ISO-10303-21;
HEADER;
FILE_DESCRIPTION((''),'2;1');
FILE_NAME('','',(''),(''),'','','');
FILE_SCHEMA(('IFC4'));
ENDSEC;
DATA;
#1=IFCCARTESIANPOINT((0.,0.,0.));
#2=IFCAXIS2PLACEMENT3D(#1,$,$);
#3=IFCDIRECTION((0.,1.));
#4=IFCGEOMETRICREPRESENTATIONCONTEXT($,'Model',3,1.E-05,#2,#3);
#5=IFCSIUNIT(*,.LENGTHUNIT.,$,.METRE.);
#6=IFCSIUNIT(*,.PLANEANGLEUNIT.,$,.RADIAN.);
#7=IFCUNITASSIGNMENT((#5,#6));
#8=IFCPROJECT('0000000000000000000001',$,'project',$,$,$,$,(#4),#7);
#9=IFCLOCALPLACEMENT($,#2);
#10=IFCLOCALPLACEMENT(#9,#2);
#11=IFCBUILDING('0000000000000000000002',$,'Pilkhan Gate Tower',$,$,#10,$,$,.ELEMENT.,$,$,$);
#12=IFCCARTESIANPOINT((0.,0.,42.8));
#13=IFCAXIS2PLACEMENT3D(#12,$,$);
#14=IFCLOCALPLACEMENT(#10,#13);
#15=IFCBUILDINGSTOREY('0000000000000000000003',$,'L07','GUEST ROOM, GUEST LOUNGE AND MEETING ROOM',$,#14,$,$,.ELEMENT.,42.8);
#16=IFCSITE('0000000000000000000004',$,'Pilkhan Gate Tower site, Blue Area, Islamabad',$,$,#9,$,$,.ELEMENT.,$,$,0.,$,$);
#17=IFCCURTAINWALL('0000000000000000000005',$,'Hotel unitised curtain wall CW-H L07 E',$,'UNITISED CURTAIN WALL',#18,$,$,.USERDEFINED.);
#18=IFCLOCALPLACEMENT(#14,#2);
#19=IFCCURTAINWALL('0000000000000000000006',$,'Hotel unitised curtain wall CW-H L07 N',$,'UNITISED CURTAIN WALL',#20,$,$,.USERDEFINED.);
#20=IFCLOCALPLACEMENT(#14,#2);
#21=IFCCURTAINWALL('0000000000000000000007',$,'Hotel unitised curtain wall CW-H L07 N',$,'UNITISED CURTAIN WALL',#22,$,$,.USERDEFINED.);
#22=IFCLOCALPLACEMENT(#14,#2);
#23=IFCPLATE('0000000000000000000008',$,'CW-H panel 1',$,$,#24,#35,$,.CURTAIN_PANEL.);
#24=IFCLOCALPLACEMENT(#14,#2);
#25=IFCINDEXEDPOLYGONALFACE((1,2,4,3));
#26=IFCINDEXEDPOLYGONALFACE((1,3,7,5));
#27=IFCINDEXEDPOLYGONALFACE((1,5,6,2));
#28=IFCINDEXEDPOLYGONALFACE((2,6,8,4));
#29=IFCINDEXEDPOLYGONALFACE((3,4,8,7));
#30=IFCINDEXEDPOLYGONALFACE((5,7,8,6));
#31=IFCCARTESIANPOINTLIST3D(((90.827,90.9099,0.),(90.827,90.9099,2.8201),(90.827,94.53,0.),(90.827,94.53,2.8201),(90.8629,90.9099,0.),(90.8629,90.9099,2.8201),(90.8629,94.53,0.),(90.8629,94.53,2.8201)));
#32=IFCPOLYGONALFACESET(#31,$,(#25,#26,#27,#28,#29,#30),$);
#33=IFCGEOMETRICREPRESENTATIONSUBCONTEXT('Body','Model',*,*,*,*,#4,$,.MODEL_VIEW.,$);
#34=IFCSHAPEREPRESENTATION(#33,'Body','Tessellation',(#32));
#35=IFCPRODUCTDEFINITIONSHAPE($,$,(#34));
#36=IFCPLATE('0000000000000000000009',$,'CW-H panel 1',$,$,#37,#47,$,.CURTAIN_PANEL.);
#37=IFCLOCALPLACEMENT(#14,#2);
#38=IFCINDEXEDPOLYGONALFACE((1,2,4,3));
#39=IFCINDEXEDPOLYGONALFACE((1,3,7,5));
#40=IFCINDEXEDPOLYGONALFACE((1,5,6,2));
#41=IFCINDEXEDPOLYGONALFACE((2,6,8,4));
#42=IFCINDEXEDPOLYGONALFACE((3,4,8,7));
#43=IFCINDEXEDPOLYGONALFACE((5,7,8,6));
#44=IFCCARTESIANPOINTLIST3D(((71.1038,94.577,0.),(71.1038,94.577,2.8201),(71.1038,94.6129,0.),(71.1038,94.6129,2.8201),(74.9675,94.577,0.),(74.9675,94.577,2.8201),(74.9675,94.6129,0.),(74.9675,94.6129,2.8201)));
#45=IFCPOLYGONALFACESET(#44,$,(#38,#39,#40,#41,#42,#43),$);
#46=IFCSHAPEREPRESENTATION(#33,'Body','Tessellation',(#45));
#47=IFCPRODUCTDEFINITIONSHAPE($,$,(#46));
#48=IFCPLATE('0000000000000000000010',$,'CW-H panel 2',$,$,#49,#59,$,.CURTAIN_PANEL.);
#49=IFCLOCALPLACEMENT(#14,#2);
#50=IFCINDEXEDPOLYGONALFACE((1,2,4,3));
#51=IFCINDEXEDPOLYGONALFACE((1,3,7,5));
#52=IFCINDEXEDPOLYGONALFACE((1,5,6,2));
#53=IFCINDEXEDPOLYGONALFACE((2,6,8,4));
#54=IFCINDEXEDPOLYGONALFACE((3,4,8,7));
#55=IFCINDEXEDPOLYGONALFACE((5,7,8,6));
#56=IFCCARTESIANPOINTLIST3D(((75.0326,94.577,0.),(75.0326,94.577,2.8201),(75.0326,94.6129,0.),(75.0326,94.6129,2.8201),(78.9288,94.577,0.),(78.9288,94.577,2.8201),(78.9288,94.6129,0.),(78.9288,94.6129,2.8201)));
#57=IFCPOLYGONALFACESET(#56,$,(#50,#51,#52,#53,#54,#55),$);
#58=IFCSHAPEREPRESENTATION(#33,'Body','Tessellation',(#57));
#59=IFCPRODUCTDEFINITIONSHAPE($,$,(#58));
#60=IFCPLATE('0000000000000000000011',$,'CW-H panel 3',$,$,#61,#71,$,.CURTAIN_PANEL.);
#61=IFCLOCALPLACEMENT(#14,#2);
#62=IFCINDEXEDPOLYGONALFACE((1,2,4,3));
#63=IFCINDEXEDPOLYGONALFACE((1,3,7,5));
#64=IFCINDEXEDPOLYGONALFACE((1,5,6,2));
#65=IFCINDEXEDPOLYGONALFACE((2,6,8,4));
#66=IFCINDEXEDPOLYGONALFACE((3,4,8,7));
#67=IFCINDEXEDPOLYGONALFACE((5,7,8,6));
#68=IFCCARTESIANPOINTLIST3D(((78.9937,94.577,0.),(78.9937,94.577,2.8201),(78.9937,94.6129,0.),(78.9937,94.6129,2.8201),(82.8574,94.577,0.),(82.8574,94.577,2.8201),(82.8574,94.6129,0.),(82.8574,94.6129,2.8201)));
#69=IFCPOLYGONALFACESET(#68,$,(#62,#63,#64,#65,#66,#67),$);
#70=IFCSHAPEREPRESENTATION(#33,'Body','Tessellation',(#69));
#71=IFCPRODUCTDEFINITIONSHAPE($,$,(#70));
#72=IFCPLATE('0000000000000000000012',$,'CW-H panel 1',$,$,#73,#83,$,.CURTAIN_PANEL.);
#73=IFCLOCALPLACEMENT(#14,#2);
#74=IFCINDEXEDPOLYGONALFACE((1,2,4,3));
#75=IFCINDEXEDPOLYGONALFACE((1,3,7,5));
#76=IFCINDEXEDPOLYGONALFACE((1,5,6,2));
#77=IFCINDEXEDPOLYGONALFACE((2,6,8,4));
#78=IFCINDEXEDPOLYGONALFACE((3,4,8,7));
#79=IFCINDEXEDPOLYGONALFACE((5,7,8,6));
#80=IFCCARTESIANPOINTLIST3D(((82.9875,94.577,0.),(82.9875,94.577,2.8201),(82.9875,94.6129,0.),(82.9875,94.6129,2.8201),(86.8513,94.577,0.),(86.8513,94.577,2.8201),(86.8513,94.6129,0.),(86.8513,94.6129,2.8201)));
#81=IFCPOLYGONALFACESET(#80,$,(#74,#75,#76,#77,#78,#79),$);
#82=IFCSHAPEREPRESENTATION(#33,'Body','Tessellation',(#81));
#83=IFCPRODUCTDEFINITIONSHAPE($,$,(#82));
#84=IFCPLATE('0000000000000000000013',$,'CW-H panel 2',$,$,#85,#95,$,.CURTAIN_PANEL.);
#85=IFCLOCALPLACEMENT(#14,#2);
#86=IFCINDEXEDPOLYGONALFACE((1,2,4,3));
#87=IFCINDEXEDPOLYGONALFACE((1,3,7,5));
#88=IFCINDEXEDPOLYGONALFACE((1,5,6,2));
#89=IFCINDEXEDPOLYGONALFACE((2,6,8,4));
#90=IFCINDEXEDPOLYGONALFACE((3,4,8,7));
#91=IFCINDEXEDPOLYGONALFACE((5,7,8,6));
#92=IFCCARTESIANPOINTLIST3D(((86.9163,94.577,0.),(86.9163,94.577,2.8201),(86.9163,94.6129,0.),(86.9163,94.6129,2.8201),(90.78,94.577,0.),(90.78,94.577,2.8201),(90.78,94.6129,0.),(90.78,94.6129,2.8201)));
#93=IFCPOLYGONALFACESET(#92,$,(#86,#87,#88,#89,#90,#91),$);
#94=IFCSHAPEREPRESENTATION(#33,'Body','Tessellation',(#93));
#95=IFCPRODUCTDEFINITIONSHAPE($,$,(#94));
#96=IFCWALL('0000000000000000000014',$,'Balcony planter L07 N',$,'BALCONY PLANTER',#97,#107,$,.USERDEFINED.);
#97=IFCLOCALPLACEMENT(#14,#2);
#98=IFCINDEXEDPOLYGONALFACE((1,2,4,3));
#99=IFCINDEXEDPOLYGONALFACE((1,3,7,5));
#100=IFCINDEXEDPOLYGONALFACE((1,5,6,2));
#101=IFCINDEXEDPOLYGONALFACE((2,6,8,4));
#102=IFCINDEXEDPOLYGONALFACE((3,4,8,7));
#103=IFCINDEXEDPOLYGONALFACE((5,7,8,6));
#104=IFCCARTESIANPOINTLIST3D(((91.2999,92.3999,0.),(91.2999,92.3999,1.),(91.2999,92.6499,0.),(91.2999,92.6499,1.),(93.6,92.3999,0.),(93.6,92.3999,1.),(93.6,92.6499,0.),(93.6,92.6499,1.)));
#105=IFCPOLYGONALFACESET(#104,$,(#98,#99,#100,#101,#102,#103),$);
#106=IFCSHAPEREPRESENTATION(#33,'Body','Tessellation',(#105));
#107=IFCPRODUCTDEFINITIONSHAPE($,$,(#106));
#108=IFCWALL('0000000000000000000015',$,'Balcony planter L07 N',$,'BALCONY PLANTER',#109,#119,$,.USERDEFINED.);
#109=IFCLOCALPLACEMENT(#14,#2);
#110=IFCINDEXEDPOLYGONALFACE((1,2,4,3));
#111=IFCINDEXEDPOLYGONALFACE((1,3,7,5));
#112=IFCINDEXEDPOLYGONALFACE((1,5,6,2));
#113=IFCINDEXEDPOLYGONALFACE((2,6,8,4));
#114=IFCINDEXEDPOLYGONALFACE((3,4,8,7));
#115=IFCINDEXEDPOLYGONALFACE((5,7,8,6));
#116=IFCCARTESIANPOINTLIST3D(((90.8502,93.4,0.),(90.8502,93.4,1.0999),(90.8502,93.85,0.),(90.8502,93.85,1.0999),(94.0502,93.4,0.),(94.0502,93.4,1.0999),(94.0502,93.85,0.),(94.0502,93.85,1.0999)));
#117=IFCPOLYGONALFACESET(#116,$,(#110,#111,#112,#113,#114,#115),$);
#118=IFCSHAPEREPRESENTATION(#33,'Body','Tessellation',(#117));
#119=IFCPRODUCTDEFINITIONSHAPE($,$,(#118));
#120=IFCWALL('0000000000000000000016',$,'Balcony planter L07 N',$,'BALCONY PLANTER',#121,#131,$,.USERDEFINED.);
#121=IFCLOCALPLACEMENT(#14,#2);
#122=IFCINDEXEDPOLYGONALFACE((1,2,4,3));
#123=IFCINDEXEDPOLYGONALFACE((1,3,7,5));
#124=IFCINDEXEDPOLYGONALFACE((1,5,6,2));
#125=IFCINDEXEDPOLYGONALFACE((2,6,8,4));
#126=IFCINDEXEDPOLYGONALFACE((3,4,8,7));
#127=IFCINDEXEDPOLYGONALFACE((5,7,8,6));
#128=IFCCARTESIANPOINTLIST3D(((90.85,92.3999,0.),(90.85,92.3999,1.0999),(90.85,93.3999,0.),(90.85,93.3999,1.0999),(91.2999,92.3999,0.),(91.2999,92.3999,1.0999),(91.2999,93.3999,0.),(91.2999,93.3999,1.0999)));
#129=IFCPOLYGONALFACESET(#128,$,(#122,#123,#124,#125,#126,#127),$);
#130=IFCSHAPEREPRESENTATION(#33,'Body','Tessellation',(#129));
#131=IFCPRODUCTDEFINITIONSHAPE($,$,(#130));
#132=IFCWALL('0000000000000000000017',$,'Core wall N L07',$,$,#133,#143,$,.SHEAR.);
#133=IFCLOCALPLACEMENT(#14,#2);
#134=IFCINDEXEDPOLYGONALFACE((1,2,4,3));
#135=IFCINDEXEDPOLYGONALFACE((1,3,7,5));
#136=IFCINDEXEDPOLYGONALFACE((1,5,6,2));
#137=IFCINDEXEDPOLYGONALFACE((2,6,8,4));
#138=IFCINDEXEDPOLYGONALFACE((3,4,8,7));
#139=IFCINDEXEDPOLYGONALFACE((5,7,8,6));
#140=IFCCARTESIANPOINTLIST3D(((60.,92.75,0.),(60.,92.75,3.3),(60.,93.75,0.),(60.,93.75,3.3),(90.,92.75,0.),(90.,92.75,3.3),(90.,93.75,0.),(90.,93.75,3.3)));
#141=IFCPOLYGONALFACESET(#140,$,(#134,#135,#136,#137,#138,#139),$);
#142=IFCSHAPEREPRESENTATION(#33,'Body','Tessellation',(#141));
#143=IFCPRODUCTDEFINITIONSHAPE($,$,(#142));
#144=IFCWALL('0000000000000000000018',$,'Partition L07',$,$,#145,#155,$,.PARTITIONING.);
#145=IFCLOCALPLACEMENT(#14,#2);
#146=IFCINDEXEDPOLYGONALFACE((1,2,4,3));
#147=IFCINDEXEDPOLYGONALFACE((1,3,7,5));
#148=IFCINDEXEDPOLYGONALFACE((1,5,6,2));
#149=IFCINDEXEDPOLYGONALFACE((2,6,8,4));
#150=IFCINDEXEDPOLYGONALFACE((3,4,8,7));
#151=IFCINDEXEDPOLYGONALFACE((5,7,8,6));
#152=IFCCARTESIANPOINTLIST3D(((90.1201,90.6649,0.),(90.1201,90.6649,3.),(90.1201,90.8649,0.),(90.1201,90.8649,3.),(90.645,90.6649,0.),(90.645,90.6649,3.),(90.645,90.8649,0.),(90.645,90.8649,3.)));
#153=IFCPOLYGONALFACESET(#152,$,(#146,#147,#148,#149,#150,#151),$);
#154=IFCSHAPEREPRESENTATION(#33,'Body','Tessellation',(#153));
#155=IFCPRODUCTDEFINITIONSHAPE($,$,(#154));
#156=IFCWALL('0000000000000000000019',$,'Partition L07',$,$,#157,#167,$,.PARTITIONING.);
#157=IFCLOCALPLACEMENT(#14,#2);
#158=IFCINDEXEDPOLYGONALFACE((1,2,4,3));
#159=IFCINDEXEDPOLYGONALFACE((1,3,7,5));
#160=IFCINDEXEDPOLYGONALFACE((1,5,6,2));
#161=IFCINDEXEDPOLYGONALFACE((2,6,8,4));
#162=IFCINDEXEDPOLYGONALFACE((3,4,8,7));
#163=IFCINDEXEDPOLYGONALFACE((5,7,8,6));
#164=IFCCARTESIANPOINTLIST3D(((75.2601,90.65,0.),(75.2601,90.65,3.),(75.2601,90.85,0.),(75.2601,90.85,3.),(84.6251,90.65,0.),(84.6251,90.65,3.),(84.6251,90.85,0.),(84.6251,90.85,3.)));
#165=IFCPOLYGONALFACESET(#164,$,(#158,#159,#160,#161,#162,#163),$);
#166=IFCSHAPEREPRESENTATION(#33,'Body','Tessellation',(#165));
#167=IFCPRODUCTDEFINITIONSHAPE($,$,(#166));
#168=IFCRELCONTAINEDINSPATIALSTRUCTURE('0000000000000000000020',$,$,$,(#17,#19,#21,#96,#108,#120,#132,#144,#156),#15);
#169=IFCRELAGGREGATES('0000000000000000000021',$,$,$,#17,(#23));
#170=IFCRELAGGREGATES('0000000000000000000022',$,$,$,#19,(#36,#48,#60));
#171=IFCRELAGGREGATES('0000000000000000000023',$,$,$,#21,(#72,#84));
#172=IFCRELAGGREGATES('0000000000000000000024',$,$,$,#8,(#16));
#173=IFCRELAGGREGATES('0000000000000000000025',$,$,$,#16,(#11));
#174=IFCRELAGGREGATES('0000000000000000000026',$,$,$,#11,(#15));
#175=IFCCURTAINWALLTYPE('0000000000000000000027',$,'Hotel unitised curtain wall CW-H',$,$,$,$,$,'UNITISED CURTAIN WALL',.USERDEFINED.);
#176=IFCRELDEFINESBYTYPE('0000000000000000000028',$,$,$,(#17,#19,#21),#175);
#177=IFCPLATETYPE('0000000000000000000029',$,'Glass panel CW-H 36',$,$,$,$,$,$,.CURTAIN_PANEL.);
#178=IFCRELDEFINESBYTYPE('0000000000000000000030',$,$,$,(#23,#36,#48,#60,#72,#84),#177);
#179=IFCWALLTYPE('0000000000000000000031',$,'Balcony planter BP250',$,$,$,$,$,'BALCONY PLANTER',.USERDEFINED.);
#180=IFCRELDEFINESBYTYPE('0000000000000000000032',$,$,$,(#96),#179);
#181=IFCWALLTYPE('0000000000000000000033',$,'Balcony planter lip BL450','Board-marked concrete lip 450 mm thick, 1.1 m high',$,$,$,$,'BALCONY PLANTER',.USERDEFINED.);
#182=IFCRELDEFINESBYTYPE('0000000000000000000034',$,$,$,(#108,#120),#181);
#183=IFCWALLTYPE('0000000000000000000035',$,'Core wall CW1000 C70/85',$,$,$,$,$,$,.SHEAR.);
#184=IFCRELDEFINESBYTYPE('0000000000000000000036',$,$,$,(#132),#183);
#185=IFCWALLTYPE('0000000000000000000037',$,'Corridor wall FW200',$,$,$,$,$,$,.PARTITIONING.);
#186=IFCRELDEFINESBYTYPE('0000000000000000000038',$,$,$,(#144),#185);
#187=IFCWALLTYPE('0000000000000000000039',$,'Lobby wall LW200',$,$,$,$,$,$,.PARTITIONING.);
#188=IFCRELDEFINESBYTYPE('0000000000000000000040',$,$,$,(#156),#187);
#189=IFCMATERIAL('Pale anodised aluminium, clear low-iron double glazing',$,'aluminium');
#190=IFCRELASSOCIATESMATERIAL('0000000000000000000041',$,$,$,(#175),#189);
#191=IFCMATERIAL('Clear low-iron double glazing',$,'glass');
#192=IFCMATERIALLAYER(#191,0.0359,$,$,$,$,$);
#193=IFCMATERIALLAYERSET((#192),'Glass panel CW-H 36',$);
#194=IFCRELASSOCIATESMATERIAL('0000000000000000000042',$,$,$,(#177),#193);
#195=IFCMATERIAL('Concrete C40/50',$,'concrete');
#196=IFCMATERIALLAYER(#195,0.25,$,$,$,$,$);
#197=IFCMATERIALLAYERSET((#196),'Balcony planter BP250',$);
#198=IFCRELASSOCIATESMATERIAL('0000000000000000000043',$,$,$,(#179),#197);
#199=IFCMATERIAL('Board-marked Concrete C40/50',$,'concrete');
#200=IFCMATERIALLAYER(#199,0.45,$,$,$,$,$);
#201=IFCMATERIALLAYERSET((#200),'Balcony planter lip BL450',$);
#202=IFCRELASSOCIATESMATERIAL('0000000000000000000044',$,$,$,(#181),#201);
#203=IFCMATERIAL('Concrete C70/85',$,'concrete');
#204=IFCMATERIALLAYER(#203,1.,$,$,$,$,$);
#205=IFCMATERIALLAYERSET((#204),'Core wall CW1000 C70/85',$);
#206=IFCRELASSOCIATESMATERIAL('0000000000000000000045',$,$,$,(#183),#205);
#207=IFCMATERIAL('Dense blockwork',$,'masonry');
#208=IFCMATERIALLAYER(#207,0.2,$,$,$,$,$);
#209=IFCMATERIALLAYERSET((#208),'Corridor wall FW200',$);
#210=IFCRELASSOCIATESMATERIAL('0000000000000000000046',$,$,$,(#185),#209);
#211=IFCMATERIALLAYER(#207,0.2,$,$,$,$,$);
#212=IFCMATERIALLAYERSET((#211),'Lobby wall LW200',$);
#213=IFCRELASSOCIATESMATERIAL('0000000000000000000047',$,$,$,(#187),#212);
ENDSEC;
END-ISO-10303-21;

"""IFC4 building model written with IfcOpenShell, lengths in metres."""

from ifc_helpers import new_model, si_unit, direction, frame, frame_2d, origin, origin_2d, place, context, subcontext, project, spatial, rectangle, extrude, material, layer, layer_set, type_object, element, aggregate, save


model = new_model("IFC4")

# Units and contexts
model_context = context("Model", 3, precision=1e-05, world=origin(), true_north=direction((0.0, 1.0)))
body_context = subcontext(model_context, "Body", "Model", "MODEL_VIEW")
ifc_project = project(units=[si_unit("LENGTHUNIT", "METRE"), si_unit("PLANEANGLEUNIT", "RADIAN")], contexts=[model_context])

# Site, building, storey
site_placement = place(None, origin())
site = spatial("IfcSite", under=ifc_project, at=site_placement, Name="Pilkhan Gate Tower site, Blue Area, Islamabad", CompositionType="ELEMENT", RefElevation=0.0)
building_placement = place(site_placement, origin())
building = spatial("IfcBuilding", under=site, at=building_placement, Name="Pilkhan Gate Tower", CompositionType="ELEMENT")
storey_placement = place(building_placement, frame((0.0, 0.0, 42.8)))
storey = spatial("IfcBuildingStorey", under=building, at=storey_placement, Name="L07", Description="GUEST ROOM, GUEST LOUNGE AND MEETING ROOM", CompositionType="ELEMENT", Elevation=42.8)

# Curtain walls
ifc_material_1 = material(Name="Pale anodised aluminium, clear low-iron double glazing", Category="aluminium")
curtain_wall_type = type_object("IfcCurtainWallType", Name="Hotel unitised curtain wall CW-H", ElementType="UNITISED CURTAIN WALL", PredefinedType="USERDEFINED", material=ifc_material_1)
curtain_wall_1_placement = place(storey_placement, origin())
curtain_wall_1 = element("IfcCurtainWall", 1, at=curtain_wall_1_placement, inside=storey, type_object=curtain_wall_type, Name="Hotel unitised curtain wall CW-H L07 E", ObjectType="UNITISED CURTAIN WALL", PredefinedType="USERDEFINED")
curtain_wall_2_placement = place(storey_placement, origin())
curtain_wall_2 = element("IfcCurtainWall", 2, at=curtain_wall_2_placement, inside=storey, type_object=curtain_wall_type, Name="Hotel unitised curtain wall CW-H L07 N", ObjectType="UNITISED CURTAIN WALL", PredefinedType="USERDEFINED")
curtain_wall_3_placement = place(storey_placement, origin())
curtain_wall_3 = element("IfcCurtainWall", 3, at=curtain_wall_3_placement, inside=storey, type_object=curtain_wall_type, Name="Hotel unitised curtain wall CW-H L07 N", ObjectType="UNITISED CURTAIN WALL", PredefinedType="USERDEFINED")

# Plates
ifc_material_2 = material(Name="Clear low-iron double glazing", Category="glass")
ifc_layer_1 = layer(ifc_material_2, 0.0359)
ifc_layer_set_1 = layer_set([ifc_layer_1], Name="Glass panel CW-H 36")
plate_type = type_object("IfcPlateType", Name="Glass panel CW-H 36", PredefinedType="CURTAIN_PANEL", material=ifc_layer_set_1)
plate_1_placement = place(storey_placement, frame((90.845, 92.72, 0.0), z_axis=(0.0, 0.0, 1.0), x_axis=(0.0, 1.0, 0.0)))
plate_1 = element("IfcPlate", 4, at=plate_1_placement, type_object=plate_type, Name="CW-H panel 1", PredefinedType="CURTAIN_PANEL", context=body_context, shape_type="SweptSolid", body=[
    extrude(rectangle(XDim=3.6201, YDim=0.0359, at=origin_2d()), origin(), (0.0, 0.0, 1.0), 2.8201),
])
aggregate(curtain_wall_1, [plate_1])
plate_2_placement = place(storey_placement, frame((73.0356, 94.595, 0.0), z_axis=(0.0, 0.0, 1.0), x_axis=(1.0, 0.0, 0.0)))
plate_2 = element("IfcPlate", 5, at=plate_2_placement, type_object=plate_type, Name="CW-H panel 1", PredefinedType="CURTAIN_PANEL", context=body_context, shape_type="SweptSolid", body=[
    extrude(rectangle(XDim=3.8638, YDim=0.0359, at=origin_2d()), origin(), (0.0, 0.0, 1.0), 2.8201),
])
plate_3_placement = place(storey_placement, frame((76.9807, 94.595, 0.0), z_axis=(0.0, 0.0, 1.0), x_axis=(1.0, 0.0, 0.0)))
plate_3 = element("IfcPlate", 6, at=plate_3_placement, type_object=plate_type, Name="CW-H panel 2", PredefinedType="CURTAIN_PANEL", context=body_context, shape_type="SweptSolid", body=[
    extrude(rectangle(XDim=3.8962, YDim=0.0359, at=origin_2d()), origin(), (0.0, 0.0, 1.0), 2.8201),
])
plate_4_placement = place(storey_placement, frame((80.9255, 94.595, 0.0), z_axis=(0.0, 0.0, 1.0), x_axis=(1.0, 0.0, 0.0)))
plate_4 = element("IfcPlate", 7, at=plate_4_placement, type_object=plate_type, Name="CW-H panel 3", PredefinedType="CURTAIN_PANEL", context=body_context, shape_type="SweptSolid", body=[
    extrude(rectangle(XDim=3.8638, YDim=0.0359, at=origin_2d()), origin(), (0.0, 0.0, 1.0), 2.8201),
])
aggregate(curtain_wall_2, [plate_2, plate_3, plate_4])
plate_5_placement = place(storey_placement, frame((84.9194, 94.595, 0.0), z_axis=(0.0, 0.0, 1.0), x_axis=(1.0, 0.0, 0.0)))
plate_5 = element("IfcPlate", 8, at=plate_5_placement, type_object=plate_type, Name="CW-H panel 1", PredefinedType="CURTAIN_PANEL", context=body_context, shape_type="SweptSolid", body=[
    extrude(rectangle(XDim=3.8638, YDim=0.0359, at=origin_2d()), origin(), (0.0, 0.0, 1.0), 2.8201),
])
plate_6_placement = place(storey_placement, frame((88.8481, 94.595, 0.0), z_axis=(0.0, 0.0, 1.0), x_axis=(1.0, 0.0, 0.0)))
plate_6 = element("IfcPlate", 9, at=plate_6_placement, type_object=plate_type, Name="CW-H panel 2", PredefinedType="CURTAIN_PANEL", context=body_context, shape_type="SweptSolid", body=[
    extrude(rectangle(XDim=3.8638, YDim=0.0359, at=origin_2d()), origin(), (0.0, 0.0, 1.0), 2.8201),
])
aggregate(curtain_wall_3, [plate_5, plate_6])

# Walls
ifc_material_3 = material(Name="Concrete C40/50", Category="concrete")
ifc_layer_2 = layer(ifc_material_3, 0.25)
ifc_layer_set_2 = layer_set([ifc_layer_2], Name="Balcony planter BP250")
wall_type_1 = type_object("IfcWallType", Name="Balcony planter BP250", ElementType="BALCONY PLANTER", PredefinedType="USERDEFINED", material=ifc_layer_set_2)
wall_1_placement = place(storey_placement, frame((91.3, 92.5249, 0.0), z_axis=(0.0, 0.0, 1.0), x_axis=(1.0, 0.0, 0.0)))
element("IfcWall", 10, at=wall_1_placement, inside=storey, type_object=wall_type_1, Name="Balcony planter L07 N", ObjectType="BALCONY PLANTER", PredefinedType="USERDEFINED", context=body_context, shape_type="SweptSolid", body=[
    extrude(rectangle(XDim=2.3, YDim=0.25, at=frame_2d((1.1499, 0.0))), origin(), (0.0, 0.0, 1.0), 1.0),
])
ifc_material_4 = material(Name="Board-marked Concrete C40/50", Category="concrete")
ifc_layer_3 = layer(ifc_material_4, 0.45)
ifc_layer_set_3 = layer_set([ifc_layer_3], Name="Balcony planter lip BL450")
wall_type_2 = type_object("IfcWallType", Name="Balcony planter lip BL450", Description="Board-marked concrete lip 450 mm thick, 1.1 m high", ElementType="BALCONY PLANTER", PredefinedType="USERDEFINED", material=ifc_layer_set_3)
wall_2_placement = place(storey_placement, frame((90.8501, 93.625, 0.0), z_axis=(0.0, 0.0, 1.0), x_axis=(1.0, 0.0, 0.0)))
element("IfcWall", 11, at=wall_2_placement, inside=storey, type_object=wall_type_2, Name="Balcony planter L07 N", ObjectType="BALCONY PLANTER", PredefinedType="USERDEFINED", context=body_context, shape_type="SweptSolid", body=[
    extrude(rectangle(XDim=3.2, YDim=0.45, at=frame_2d((1.6001, 0.0))), origin(), (0.0, 0.0, 1.0), 1.0999),
])
wall_3_placement = place(storey_placement, frame((91.075, 92.3999, 0.0), z_axis=(0.0, 0.0, 1.0), x_axis=(0.0, 1.0, 0.0)))
element("IfcWall", 12, at=wall_3_placement, inside=storey, type_object=wall_type_2, Name="Balcony planter L07 N", ObjectType="BALCONY PLANTER", PredefinedType="USERDEFINED", context=body_context, shape_type="SweptSolid", body=[
    extrude(rectangle(XDim=1.0, YDim=0.45, at=frame_2d((0.5, 0.0))), origin(), (0.0, 0.0, 1.0), 1.0999),
])
ifc_material_5 = material(Name="Concrete C70/85", Category="concrete")
ifc_layer_4 = layer(ifc_material_5, 1.0)
ifc_layer_set_4 = layer_set([ifc_layer_4], Name="Core wall CW1000 C70/85")
wall_type_3 = type_object("IfcWallType", Name="Core wall CW1000 C70/85", PredefinedType="SHEAR", material=ifc_layer_set_4)
wall_4_placement = place(storey_placement, frame((90.0, 93.25, 0.0), z_axis=(0.0, 0.0, 1.0), x_axis=(-1.0, 0.0, 0.0)))
element("IfcWall", 13, at=wall_4_placement, inside=storey, type_object=wall_type_3, Name="Core wall N L07", PredefinedType="SHEAR", context=body_context, shape_type="SweptSolid", body=[
    extrude(rectangle(XDim=30.0, YDim=1.0, at=frame_2d((15.0, 0.0))), origin(), (0.0, 0.0, 1.0), 3.3),
])
ifc_material_6 = material(Name="Dense blockwork", Category="masonry")
ifc_layer_5 = layer(ifc_material_6, 0.2)
ifc_layer_set_5 = layer_set([ifc_layer_5], Name="Corridor wall FW200")
wall_type_4 = type_object("IfcWallType", Name="Corridor wall FW200", PredefinedType="PARTITIONING", material=ifc_layer_set_5)
wall_5_placement = place(storey_placement, frame((90.1201, 90.7649, 0.0), z_axis=(0.0, 0.0, 1.0), x_axis=(1.0, 0.0, 0.0)))
element("IfcWall", 14, at=wall_5_placement, inside=storey, type_object=wall_type_4, Name="Partition L07", PredefinedType="PARTITIONING", context=body_context, shape_type="SweptSolid", body=[
    extrude(rectangle(XDim=0.5249, YDim=0.2, at=frame_2d((0.2625, 0.0))), origin(), (0.0, 0.0, 1.0), 3.0),
])

# Wall
ifc_layer_6 = layer(ifc_material_6, 0.2)
ifc_layer_set_6 = layer_set([ifc_layer_6], Name="Lobby wall LW200")
wall_type_5 = type_object("IfcWallType", Name="Lobby wall LW200", PredefinedType="PARTITIONING", material=ifc_layer_set_6)
wall_6_placement = place(storey_placement, frame((75.26, 90.75, 0.0), z_axis=(0.0, 0.0, 1.0), x_axis=(1.0, 0.0, 0.0)))
element("IfcWall", 15, at=wall_6_placement, inside=storey, type_object=wall_type_5, Name="Partition L07", PredefinedType="PARTITIONING", context=body_context, shape_type="SweptSolid", body=[
    extrude(rectangle(XDim=9.365, YDim=0.2, at=frame_2d((4.6826, 0.0))), origin(), (0.0, 0.0, 1.0), 3.0),
])

save(model, "model.ifc")
